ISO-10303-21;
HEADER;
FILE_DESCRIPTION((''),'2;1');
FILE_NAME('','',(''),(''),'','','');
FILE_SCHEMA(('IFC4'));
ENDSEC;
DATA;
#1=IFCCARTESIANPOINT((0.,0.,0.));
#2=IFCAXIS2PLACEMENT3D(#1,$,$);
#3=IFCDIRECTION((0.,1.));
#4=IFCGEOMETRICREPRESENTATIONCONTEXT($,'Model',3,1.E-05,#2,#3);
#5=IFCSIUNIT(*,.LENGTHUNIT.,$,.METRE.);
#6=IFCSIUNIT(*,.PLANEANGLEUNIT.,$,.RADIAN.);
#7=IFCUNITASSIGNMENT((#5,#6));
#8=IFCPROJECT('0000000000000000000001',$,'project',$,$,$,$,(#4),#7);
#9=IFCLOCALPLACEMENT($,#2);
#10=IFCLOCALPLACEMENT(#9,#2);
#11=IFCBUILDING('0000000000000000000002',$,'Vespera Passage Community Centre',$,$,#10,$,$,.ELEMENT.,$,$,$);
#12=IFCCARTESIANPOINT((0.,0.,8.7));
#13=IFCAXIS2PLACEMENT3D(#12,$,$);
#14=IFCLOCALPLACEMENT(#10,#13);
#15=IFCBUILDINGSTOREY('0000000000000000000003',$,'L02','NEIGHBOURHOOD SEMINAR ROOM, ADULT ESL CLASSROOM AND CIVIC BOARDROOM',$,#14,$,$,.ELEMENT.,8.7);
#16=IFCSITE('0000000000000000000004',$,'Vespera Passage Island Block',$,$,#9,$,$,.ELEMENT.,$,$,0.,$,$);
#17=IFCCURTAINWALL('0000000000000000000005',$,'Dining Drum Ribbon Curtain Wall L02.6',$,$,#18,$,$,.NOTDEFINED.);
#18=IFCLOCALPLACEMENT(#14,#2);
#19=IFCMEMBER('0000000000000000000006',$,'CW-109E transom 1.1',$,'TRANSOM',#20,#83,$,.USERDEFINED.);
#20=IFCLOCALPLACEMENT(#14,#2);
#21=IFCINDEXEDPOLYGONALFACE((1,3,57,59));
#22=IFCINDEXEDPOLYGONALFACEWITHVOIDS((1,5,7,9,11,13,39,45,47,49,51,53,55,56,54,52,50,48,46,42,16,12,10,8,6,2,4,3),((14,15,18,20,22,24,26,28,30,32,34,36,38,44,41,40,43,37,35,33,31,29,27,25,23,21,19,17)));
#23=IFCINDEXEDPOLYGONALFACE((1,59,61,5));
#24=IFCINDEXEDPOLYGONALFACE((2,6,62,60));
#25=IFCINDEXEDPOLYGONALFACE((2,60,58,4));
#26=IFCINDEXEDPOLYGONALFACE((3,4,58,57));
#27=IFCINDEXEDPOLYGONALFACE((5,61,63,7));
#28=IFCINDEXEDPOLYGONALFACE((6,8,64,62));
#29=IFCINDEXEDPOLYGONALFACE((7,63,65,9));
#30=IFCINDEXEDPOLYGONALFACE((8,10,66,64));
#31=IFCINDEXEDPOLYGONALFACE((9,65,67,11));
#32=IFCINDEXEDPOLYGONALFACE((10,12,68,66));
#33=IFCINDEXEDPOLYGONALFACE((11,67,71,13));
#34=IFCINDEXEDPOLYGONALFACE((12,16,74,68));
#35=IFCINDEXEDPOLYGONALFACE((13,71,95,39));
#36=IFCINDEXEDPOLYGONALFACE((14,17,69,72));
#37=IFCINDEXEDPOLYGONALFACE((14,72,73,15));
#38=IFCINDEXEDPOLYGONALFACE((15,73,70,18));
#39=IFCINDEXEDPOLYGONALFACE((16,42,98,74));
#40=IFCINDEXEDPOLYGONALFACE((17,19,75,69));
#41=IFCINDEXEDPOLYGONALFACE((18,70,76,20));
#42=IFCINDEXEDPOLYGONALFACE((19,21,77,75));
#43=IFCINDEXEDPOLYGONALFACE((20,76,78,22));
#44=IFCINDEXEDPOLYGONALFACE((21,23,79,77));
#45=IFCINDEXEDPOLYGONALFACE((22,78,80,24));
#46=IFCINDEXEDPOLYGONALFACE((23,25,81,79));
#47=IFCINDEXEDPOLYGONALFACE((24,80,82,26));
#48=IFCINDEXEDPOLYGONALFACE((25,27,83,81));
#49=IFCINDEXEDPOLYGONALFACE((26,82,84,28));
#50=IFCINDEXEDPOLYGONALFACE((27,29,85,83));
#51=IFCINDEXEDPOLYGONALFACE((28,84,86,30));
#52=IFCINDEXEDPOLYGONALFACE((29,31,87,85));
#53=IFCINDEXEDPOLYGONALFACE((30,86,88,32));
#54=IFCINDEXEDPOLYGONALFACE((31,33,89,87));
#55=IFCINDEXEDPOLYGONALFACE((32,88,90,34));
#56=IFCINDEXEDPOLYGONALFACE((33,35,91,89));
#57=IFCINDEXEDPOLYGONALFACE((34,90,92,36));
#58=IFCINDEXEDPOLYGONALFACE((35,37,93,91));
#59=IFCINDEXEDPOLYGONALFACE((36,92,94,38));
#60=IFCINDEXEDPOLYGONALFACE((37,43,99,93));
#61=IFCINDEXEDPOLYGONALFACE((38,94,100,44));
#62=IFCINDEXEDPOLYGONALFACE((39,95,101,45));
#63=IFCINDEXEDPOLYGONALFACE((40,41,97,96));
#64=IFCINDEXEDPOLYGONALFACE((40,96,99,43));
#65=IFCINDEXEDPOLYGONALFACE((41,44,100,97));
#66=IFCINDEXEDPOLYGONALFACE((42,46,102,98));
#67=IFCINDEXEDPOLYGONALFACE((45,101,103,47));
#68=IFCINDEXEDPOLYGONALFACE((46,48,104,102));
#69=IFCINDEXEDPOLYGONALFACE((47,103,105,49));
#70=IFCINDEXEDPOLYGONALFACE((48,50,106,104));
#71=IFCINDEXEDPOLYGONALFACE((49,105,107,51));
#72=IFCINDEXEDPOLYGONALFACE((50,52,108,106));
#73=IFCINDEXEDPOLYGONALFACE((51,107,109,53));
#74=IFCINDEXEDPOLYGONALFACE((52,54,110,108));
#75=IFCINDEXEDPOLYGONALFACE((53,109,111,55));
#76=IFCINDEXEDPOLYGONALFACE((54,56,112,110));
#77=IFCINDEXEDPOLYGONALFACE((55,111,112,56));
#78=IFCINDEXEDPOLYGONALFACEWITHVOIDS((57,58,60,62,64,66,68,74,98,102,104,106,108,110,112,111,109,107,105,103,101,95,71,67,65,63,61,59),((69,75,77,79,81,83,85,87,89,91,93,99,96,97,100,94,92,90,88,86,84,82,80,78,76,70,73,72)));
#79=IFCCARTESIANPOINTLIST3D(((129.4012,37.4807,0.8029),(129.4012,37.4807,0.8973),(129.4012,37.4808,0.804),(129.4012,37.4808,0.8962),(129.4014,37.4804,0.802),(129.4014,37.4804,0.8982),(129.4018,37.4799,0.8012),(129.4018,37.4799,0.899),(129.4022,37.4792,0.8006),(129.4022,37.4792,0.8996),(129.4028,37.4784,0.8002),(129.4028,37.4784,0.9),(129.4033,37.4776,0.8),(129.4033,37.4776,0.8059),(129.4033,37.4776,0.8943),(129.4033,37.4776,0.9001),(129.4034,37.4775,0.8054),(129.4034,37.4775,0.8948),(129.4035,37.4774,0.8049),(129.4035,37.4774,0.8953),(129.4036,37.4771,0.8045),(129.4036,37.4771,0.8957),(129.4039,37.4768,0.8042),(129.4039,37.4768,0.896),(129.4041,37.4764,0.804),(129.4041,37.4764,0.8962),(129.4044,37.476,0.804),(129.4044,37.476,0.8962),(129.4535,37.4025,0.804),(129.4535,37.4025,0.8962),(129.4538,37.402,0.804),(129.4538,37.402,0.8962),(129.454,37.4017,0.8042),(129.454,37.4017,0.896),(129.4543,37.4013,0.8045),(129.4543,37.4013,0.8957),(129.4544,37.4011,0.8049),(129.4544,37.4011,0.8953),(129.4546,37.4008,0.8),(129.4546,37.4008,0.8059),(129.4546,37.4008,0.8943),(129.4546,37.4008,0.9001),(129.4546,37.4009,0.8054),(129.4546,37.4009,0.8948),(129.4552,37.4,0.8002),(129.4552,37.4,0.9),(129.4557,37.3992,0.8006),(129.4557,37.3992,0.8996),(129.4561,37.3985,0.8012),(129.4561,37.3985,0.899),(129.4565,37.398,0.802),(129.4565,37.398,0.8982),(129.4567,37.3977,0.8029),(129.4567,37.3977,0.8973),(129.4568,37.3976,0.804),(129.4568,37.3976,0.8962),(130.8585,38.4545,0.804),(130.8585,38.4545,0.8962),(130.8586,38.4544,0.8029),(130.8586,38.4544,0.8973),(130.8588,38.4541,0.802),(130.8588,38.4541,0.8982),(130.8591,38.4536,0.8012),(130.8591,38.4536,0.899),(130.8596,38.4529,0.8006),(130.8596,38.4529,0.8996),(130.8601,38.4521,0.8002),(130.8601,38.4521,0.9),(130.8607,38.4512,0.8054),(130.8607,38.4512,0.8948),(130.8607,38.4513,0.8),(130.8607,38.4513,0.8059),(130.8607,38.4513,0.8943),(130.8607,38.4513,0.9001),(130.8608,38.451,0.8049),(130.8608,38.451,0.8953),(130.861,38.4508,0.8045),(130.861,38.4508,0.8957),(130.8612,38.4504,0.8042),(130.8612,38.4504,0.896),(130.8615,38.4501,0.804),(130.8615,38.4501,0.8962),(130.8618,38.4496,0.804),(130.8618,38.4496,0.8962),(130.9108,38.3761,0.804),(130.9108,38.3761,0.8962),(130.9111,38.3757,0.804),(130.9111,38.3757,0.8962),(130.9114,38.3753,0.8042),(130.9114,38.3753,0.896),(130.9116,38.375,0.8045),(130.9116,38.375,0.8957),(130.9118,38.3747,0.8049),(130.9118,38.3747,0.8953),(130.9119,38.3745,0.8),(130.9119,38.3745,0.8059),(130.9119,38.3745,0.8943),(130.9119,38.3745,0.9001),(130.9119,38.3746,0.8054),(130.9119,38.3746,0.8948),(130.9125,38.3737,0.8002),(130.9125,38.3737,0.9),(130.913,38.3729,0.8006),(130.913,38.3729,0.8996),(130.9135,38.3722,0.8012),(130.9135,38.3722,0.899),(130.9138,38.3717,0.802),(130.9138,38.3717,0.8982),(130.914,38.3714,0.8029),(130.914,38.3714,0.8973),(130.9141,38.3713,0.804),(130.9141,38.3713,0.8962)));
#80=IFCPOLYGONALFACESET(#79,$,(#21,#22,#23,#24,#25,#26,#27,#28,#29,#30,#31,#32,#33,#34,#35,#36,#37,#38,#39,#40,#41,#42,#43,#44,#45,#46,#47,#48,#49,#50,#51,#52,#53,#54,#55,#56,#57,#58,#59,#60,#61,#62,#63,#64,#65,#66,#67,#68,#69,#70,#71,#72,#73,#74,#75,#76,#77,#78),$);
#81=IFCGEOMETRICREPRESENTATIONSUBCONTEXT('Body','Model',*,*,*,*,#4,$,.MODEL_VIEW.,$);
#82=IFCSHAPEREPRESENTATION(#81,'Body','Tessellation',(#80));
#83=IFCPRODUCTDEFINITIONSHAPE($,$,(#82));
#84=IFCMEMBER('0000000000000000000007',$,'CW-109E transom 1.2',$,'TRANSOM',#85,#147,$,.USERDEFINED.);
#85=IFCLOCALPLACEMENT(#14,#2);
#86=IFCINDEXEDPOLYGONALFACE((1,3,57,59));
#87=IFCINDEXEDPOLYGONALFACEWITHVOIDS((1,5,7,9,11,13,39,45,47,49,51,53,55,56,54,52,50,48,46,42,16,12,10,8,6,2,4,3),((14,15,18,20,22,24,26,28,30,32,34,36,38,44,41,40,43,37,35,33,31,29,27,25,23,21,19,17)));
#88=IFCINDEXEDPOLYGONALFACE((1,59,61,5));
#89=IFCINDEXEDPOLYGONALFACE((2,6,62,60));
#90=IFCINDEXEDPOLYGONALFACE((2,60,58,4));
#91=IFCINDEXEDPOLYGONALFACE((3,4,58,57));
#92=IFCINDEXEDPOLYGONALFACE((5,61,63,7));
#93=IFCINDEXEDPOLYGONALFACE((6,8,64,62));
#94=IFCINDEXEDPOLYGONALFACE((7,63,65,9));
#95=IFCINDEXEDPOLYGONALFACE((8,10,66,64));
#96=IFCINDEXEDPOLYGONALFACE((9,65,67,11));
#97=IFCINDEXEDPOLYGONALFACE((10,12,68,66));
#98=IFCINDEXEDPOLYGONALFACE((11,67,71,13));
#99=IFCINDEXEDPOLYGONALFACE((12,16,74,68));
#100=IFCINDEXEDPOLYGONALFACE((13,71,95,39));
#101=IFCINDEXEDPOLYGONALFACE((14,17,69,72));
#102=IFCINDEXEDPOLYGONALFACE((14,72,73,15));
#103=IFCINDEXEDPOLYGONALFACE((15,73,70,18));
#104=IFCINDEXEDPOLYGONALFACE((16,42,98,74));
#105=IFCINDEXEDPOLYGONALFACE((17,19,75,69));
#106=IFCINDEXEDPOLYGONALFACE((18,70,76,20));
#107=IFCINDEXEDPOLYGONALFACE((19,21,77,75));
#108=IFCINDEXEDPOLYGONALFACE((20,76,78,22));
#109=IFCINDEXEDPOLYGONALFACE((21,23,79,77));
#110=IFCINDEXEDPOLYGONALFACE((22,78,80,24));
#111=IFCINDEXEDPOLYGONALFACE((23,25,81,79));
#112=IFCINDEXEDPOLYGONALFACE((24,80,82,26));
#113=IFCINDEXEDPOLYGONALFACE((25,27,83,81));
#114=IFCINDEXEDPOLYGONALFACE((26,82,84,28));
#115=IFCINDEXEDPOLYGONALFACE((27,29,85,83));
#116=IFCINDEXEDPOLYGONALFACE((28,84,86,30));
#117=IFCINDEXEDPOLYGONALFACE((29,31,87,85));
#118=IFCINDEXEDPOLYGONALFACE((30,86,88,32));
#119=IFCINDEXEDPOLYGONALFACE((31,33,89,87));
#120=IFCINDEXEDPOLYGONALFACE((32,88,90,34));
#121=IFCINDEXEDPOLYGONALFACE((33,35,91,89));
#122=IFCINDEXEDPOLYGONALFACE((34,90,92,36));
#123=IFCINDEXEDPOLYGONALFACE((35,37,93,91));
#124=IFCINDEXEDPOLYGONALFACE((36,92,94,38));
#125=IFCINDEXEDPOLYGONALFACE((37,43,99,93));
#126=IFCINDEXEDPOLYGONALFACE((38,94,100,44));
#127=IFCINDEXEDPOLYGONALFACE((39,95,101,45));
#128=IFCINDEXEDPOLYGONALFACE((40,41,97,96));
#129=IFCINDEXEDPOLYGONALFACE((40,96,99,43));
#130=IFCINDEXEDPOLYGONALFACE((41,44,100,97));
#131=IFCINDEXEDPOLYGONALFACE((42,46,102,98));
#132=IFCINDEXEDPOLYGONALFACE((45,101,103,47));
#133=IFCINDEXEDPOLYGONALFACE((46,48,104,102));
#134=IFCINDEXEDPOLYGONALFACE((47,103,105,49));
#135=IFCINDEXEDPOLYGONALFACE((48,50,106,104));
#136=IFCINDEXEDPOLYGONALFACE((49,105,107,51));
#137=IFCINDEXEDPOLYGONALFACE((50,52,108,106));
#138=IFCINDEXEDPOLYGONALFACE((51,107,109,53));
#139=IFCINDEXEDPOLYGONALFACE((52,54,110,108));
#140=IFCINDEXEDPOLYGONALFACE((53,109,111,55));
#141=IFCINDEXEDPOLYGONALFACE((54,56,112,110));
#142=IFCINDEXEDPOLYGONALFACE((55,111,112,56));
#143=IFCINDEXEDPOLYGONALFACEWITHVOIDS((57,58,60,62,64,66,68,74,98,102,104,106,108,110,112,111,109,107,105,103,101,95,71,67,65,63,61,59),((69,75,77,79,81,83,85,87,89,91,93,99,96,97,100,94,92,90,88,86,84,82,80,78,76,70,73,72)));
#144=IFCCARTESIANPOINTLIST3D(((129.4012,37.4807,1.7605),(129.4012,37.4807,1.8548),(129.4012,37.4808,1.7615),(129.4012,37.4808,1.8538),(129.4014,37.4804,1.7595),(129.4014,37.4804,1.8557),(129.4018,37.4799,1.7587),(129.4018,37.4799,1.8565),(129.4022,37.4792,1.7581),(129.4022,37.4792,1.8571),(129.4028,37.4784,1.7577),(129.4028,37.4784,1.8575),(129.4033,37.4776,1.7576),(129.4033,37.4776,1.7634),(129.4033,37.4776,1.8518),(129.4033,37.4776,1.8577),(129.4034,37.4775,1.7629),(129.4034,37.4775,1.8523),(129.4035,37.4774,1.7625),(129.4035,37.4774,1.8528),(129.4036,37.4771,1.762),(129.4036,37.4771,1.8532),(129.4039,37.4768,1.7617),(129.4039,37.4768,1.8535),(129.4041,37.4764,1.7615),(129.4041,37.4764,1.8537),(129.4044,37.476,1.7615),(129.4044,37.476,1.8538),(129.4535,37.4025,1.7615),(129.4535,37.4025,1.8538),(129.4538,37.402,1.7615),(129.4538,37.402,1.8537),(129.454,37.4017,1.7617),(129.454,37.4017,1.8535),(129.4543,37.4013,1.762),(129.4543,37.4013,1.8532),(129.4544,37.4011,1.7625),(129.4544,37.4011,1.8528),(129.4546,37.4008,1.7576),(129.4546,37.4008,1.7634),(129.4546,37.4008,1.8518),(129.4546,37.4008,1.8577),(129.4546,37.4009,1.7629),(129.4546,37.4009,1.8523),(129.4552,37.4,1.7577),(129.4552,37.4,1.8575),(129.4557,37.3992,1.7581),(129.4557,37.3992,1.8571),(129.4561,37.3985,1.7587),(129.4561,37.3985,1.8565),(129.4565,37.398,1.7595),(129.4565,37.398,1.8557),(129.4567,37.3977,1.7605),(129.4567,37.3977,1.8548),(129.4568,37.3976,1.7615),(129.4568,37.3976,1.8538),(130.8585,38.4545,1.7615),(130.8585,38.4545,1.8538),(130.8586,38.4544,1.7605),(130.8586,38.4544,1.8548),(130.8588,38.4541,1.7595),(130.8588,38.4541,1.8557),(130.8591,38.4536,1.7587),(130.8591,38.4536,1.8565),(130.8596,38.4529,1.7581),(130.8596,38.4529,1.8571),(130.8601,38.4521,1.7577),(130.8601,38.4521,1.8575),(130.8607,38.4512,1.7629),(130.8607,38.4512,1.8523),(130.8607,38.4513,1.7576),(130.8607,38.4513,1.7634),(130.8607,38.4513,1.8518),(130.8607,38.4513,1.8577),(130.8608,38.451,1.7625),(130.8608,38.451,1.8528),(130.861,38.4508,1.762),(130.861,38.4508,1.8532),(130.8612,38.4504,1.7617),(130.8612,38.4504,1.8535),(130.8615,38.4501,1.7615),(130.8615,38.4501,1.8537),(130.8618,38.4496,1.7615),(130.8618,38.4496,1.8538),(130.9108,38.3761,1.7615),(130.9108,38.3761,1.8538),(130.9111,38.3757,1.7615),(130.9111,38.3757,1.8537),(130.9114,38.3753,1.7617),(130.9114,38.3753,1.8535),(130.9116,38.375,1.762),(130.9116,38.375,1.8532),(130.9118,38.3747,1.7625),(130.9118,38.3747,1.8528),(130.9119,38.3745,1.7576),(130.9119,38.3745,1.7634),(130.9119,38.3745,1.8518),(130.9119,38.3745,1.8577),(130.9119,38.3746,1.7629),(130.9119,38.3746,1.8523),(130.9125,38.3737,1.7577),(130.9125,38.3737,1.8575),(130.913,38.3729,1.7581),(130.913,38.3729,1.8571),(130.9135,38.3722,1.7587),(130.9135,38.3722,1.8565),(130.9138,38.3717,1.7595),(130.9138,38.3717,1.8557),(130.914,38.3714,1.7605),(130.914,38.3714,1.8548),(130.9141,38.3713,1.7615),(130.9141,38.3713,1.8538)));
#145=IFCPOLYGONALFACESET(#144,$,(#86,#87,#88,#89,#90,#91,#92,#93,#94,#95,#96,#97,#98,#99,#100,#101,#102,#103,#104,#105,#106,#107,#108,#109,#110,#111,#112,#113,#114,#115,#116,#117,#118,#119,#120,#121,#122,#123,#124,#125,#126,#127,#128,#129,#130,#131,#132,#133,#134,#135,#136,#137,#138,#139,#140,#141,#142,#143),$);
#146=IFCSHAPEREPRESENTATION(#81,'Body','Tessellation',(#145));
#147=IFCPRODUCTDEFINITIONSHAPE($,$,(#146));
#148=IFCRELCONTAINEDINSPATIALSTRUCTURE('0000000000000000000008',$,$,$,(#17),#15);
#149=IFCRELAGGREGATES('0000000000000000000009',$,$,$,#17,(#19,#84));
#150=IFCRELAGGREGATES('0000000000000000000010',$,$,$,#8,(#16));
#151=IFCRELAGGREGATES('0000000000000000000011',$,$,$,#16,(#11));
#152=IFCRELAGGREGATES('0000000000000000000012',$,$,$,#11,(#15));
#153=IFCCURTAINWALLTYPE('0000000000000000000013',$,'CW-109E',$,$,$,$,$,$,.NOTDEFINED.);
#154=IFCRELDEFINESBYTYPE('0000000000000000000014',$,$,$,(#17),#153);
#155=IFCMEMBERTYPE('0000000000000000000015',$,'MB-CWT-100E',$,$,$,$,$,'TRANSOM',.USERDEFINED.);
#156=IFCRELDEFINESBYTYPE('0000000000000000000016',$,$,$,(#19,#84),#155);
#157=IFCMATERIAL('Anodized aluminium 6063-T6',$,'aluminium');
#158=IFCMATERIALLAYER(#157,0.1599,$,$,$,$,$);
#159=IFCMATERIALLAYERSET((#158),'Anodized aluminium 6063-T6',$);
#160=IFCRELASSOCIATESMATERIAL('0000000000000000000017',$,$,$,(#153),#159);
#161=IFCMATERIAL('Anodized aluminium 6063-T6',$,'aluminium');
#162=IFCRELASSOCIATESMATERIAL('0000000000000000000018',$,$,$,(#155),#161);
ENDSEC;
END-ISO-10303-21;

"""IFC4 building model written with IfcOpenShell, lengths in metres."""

from ifc_helpers import new_model, si_unit, direction, frame, origin, origin_2d, place, context, subcontext, project, spatial, hollow_rectangle, extrude, material, layer, layer_set, material_profile, profile_set, type_object, element, aggregate, save


model = new_model("IFC4")

# Units and contexts
model_context = context("Model", 3, precision=1e-05, world=origin(), true_north=direction((0.0, 1.0)))
body_context = subcontext(model_context, "Body", "Model", "MODEL_VIEW")
ifc_project = project(units=[si_unit("LENGTHUNIT", "METRE"), si_unit("PLANEANGLEUNIT", "RADIAN")], contexts=[model_context])

# Site, building, storey
site_placement = place(None, origin())
site = spatial("IfcSite", under=ifc_project, at=site_placement, Name="Vespera Passage Island Block", CompositionType="ELEMENT", RefElevation=0.0)
building_placement = place(site_placement, origin())
building = spatial("IfcBuilding", under=site, at=building_placement, Name="Vespera Passage Community Centre", CompositionType="ELEMENT")
storey_placement = place(building_placement, frame((0.0, 0.0, 8.7)))
storey = spatial("IfcBuildingStorey", under=building, at=storey_placement, Name="L02", Description="NEIGHBOURHOOD SEMINAR ROOM, ADULT ESL CLASSROOM AND CIVIC BOARDROOM", CompositionType="ELEMENT", Elevation=8.7)

# Curtain wall
ifc_material_1 = material(Name="Anodized aluminium 6063-T6", Category="aluminium")
ifc_layer_1 = layer(ifc_material_1, 0.1599)
ifc_layer_set_1 = layer_set([ifc_layer_1], Name="Anodized aluminium 6063-T6")
curtain_wall_type_1 = type_object("IfcCurtainWallType", Name="CW-109E", PredefinedType="NOTDEFINED", material=ifc_layer_set_1)
curtain_wall_1_placement = place(storey_placement, origin())
curtain_wall_1 = element("IfcCurtainWall", 1, at=curtain_wall_1_placement, inside=storey, type_object=curtain_wall_type_1, Name="Dining Drum Ribbon Curtain Wall L02.6", PredefinedType="NOTDEFINED")

# Members
ifc_material_2 = material(Name="Anodized aluminium 6063-T6", Category="aluminium")
ifc_material_profile_1 = material_profile(ifc_material_2, hollow_rectangle(XDim=0.1001, YDim=0.1001, WallThickness=0.0039, InnerFilletRadius=0.002, OuterFilletRadius=0.0039, at=origin_2d()), Name="ALU100X100X4")
ifc_profile_set_1 = profile_set([ifc_material_profile_1], Name="Anodized aluminium 6063-T6")
member_type_1 = type_object("IfcMemberType", Name="MB-CWT-100E", ElementType="TRANSOM", PredefinedType="USERDEFINED", material=ifc_profile_set_1)
member_1_placement = place(storey_placement, frame((129.429, 37.4392, 0.8501), z_axis=(0.831493, 0.555536, 0.0), x_axis=(-0.555536, 0.831493, 0.0)))
member_1 = element("IfcMember", 2, at=member_1_placement, type_object=member_type_1, Name="CW-109E transom 1.1", ObjectType="TRANSOM", PredefinedType="USERDEFINED", context=body_context, shape_type="SweptSolid", body=[
    extrude(hollow_rectangle(XDim=0.1001, YDim=0.1001, WallThickness=0.0039, InnerFilletRadius=0.002, OuterFilletRadius=0.0039, at=origin_2d()), origin(), (0.0, 0.0, 1.0), 1.7527),
])
member_2_placement = place(storey_placement, frame((129.429, 37.4392, 1.8076), z_axis=(0.831493, 0.555536, 0.0), x_axis=(-0.555536, 0.831493, 0.0)))
member_2 = element("IfcMember", 3, at=member_2_placement, type_object=member_type_1, Name="CW-109E transom 1.2", ObjectType="TRANSOM", PredefinedType="USERDEFINED", context=body_context, shape_type="SweptSolid", body=[
    extrude(hollow_rectangle(XDim=0.1001, YDim=0.1001, WallThickness=0.0039, InnerFilletRadius=0.002, OuterFilletRadius=0.0039, at=origin_2d()), origin(), (0.0, 0.0, 1.0), 1.7527),
])
aggregate(curtain_wall_1, [member_1, member_2])

save(model, "model.ifc")
